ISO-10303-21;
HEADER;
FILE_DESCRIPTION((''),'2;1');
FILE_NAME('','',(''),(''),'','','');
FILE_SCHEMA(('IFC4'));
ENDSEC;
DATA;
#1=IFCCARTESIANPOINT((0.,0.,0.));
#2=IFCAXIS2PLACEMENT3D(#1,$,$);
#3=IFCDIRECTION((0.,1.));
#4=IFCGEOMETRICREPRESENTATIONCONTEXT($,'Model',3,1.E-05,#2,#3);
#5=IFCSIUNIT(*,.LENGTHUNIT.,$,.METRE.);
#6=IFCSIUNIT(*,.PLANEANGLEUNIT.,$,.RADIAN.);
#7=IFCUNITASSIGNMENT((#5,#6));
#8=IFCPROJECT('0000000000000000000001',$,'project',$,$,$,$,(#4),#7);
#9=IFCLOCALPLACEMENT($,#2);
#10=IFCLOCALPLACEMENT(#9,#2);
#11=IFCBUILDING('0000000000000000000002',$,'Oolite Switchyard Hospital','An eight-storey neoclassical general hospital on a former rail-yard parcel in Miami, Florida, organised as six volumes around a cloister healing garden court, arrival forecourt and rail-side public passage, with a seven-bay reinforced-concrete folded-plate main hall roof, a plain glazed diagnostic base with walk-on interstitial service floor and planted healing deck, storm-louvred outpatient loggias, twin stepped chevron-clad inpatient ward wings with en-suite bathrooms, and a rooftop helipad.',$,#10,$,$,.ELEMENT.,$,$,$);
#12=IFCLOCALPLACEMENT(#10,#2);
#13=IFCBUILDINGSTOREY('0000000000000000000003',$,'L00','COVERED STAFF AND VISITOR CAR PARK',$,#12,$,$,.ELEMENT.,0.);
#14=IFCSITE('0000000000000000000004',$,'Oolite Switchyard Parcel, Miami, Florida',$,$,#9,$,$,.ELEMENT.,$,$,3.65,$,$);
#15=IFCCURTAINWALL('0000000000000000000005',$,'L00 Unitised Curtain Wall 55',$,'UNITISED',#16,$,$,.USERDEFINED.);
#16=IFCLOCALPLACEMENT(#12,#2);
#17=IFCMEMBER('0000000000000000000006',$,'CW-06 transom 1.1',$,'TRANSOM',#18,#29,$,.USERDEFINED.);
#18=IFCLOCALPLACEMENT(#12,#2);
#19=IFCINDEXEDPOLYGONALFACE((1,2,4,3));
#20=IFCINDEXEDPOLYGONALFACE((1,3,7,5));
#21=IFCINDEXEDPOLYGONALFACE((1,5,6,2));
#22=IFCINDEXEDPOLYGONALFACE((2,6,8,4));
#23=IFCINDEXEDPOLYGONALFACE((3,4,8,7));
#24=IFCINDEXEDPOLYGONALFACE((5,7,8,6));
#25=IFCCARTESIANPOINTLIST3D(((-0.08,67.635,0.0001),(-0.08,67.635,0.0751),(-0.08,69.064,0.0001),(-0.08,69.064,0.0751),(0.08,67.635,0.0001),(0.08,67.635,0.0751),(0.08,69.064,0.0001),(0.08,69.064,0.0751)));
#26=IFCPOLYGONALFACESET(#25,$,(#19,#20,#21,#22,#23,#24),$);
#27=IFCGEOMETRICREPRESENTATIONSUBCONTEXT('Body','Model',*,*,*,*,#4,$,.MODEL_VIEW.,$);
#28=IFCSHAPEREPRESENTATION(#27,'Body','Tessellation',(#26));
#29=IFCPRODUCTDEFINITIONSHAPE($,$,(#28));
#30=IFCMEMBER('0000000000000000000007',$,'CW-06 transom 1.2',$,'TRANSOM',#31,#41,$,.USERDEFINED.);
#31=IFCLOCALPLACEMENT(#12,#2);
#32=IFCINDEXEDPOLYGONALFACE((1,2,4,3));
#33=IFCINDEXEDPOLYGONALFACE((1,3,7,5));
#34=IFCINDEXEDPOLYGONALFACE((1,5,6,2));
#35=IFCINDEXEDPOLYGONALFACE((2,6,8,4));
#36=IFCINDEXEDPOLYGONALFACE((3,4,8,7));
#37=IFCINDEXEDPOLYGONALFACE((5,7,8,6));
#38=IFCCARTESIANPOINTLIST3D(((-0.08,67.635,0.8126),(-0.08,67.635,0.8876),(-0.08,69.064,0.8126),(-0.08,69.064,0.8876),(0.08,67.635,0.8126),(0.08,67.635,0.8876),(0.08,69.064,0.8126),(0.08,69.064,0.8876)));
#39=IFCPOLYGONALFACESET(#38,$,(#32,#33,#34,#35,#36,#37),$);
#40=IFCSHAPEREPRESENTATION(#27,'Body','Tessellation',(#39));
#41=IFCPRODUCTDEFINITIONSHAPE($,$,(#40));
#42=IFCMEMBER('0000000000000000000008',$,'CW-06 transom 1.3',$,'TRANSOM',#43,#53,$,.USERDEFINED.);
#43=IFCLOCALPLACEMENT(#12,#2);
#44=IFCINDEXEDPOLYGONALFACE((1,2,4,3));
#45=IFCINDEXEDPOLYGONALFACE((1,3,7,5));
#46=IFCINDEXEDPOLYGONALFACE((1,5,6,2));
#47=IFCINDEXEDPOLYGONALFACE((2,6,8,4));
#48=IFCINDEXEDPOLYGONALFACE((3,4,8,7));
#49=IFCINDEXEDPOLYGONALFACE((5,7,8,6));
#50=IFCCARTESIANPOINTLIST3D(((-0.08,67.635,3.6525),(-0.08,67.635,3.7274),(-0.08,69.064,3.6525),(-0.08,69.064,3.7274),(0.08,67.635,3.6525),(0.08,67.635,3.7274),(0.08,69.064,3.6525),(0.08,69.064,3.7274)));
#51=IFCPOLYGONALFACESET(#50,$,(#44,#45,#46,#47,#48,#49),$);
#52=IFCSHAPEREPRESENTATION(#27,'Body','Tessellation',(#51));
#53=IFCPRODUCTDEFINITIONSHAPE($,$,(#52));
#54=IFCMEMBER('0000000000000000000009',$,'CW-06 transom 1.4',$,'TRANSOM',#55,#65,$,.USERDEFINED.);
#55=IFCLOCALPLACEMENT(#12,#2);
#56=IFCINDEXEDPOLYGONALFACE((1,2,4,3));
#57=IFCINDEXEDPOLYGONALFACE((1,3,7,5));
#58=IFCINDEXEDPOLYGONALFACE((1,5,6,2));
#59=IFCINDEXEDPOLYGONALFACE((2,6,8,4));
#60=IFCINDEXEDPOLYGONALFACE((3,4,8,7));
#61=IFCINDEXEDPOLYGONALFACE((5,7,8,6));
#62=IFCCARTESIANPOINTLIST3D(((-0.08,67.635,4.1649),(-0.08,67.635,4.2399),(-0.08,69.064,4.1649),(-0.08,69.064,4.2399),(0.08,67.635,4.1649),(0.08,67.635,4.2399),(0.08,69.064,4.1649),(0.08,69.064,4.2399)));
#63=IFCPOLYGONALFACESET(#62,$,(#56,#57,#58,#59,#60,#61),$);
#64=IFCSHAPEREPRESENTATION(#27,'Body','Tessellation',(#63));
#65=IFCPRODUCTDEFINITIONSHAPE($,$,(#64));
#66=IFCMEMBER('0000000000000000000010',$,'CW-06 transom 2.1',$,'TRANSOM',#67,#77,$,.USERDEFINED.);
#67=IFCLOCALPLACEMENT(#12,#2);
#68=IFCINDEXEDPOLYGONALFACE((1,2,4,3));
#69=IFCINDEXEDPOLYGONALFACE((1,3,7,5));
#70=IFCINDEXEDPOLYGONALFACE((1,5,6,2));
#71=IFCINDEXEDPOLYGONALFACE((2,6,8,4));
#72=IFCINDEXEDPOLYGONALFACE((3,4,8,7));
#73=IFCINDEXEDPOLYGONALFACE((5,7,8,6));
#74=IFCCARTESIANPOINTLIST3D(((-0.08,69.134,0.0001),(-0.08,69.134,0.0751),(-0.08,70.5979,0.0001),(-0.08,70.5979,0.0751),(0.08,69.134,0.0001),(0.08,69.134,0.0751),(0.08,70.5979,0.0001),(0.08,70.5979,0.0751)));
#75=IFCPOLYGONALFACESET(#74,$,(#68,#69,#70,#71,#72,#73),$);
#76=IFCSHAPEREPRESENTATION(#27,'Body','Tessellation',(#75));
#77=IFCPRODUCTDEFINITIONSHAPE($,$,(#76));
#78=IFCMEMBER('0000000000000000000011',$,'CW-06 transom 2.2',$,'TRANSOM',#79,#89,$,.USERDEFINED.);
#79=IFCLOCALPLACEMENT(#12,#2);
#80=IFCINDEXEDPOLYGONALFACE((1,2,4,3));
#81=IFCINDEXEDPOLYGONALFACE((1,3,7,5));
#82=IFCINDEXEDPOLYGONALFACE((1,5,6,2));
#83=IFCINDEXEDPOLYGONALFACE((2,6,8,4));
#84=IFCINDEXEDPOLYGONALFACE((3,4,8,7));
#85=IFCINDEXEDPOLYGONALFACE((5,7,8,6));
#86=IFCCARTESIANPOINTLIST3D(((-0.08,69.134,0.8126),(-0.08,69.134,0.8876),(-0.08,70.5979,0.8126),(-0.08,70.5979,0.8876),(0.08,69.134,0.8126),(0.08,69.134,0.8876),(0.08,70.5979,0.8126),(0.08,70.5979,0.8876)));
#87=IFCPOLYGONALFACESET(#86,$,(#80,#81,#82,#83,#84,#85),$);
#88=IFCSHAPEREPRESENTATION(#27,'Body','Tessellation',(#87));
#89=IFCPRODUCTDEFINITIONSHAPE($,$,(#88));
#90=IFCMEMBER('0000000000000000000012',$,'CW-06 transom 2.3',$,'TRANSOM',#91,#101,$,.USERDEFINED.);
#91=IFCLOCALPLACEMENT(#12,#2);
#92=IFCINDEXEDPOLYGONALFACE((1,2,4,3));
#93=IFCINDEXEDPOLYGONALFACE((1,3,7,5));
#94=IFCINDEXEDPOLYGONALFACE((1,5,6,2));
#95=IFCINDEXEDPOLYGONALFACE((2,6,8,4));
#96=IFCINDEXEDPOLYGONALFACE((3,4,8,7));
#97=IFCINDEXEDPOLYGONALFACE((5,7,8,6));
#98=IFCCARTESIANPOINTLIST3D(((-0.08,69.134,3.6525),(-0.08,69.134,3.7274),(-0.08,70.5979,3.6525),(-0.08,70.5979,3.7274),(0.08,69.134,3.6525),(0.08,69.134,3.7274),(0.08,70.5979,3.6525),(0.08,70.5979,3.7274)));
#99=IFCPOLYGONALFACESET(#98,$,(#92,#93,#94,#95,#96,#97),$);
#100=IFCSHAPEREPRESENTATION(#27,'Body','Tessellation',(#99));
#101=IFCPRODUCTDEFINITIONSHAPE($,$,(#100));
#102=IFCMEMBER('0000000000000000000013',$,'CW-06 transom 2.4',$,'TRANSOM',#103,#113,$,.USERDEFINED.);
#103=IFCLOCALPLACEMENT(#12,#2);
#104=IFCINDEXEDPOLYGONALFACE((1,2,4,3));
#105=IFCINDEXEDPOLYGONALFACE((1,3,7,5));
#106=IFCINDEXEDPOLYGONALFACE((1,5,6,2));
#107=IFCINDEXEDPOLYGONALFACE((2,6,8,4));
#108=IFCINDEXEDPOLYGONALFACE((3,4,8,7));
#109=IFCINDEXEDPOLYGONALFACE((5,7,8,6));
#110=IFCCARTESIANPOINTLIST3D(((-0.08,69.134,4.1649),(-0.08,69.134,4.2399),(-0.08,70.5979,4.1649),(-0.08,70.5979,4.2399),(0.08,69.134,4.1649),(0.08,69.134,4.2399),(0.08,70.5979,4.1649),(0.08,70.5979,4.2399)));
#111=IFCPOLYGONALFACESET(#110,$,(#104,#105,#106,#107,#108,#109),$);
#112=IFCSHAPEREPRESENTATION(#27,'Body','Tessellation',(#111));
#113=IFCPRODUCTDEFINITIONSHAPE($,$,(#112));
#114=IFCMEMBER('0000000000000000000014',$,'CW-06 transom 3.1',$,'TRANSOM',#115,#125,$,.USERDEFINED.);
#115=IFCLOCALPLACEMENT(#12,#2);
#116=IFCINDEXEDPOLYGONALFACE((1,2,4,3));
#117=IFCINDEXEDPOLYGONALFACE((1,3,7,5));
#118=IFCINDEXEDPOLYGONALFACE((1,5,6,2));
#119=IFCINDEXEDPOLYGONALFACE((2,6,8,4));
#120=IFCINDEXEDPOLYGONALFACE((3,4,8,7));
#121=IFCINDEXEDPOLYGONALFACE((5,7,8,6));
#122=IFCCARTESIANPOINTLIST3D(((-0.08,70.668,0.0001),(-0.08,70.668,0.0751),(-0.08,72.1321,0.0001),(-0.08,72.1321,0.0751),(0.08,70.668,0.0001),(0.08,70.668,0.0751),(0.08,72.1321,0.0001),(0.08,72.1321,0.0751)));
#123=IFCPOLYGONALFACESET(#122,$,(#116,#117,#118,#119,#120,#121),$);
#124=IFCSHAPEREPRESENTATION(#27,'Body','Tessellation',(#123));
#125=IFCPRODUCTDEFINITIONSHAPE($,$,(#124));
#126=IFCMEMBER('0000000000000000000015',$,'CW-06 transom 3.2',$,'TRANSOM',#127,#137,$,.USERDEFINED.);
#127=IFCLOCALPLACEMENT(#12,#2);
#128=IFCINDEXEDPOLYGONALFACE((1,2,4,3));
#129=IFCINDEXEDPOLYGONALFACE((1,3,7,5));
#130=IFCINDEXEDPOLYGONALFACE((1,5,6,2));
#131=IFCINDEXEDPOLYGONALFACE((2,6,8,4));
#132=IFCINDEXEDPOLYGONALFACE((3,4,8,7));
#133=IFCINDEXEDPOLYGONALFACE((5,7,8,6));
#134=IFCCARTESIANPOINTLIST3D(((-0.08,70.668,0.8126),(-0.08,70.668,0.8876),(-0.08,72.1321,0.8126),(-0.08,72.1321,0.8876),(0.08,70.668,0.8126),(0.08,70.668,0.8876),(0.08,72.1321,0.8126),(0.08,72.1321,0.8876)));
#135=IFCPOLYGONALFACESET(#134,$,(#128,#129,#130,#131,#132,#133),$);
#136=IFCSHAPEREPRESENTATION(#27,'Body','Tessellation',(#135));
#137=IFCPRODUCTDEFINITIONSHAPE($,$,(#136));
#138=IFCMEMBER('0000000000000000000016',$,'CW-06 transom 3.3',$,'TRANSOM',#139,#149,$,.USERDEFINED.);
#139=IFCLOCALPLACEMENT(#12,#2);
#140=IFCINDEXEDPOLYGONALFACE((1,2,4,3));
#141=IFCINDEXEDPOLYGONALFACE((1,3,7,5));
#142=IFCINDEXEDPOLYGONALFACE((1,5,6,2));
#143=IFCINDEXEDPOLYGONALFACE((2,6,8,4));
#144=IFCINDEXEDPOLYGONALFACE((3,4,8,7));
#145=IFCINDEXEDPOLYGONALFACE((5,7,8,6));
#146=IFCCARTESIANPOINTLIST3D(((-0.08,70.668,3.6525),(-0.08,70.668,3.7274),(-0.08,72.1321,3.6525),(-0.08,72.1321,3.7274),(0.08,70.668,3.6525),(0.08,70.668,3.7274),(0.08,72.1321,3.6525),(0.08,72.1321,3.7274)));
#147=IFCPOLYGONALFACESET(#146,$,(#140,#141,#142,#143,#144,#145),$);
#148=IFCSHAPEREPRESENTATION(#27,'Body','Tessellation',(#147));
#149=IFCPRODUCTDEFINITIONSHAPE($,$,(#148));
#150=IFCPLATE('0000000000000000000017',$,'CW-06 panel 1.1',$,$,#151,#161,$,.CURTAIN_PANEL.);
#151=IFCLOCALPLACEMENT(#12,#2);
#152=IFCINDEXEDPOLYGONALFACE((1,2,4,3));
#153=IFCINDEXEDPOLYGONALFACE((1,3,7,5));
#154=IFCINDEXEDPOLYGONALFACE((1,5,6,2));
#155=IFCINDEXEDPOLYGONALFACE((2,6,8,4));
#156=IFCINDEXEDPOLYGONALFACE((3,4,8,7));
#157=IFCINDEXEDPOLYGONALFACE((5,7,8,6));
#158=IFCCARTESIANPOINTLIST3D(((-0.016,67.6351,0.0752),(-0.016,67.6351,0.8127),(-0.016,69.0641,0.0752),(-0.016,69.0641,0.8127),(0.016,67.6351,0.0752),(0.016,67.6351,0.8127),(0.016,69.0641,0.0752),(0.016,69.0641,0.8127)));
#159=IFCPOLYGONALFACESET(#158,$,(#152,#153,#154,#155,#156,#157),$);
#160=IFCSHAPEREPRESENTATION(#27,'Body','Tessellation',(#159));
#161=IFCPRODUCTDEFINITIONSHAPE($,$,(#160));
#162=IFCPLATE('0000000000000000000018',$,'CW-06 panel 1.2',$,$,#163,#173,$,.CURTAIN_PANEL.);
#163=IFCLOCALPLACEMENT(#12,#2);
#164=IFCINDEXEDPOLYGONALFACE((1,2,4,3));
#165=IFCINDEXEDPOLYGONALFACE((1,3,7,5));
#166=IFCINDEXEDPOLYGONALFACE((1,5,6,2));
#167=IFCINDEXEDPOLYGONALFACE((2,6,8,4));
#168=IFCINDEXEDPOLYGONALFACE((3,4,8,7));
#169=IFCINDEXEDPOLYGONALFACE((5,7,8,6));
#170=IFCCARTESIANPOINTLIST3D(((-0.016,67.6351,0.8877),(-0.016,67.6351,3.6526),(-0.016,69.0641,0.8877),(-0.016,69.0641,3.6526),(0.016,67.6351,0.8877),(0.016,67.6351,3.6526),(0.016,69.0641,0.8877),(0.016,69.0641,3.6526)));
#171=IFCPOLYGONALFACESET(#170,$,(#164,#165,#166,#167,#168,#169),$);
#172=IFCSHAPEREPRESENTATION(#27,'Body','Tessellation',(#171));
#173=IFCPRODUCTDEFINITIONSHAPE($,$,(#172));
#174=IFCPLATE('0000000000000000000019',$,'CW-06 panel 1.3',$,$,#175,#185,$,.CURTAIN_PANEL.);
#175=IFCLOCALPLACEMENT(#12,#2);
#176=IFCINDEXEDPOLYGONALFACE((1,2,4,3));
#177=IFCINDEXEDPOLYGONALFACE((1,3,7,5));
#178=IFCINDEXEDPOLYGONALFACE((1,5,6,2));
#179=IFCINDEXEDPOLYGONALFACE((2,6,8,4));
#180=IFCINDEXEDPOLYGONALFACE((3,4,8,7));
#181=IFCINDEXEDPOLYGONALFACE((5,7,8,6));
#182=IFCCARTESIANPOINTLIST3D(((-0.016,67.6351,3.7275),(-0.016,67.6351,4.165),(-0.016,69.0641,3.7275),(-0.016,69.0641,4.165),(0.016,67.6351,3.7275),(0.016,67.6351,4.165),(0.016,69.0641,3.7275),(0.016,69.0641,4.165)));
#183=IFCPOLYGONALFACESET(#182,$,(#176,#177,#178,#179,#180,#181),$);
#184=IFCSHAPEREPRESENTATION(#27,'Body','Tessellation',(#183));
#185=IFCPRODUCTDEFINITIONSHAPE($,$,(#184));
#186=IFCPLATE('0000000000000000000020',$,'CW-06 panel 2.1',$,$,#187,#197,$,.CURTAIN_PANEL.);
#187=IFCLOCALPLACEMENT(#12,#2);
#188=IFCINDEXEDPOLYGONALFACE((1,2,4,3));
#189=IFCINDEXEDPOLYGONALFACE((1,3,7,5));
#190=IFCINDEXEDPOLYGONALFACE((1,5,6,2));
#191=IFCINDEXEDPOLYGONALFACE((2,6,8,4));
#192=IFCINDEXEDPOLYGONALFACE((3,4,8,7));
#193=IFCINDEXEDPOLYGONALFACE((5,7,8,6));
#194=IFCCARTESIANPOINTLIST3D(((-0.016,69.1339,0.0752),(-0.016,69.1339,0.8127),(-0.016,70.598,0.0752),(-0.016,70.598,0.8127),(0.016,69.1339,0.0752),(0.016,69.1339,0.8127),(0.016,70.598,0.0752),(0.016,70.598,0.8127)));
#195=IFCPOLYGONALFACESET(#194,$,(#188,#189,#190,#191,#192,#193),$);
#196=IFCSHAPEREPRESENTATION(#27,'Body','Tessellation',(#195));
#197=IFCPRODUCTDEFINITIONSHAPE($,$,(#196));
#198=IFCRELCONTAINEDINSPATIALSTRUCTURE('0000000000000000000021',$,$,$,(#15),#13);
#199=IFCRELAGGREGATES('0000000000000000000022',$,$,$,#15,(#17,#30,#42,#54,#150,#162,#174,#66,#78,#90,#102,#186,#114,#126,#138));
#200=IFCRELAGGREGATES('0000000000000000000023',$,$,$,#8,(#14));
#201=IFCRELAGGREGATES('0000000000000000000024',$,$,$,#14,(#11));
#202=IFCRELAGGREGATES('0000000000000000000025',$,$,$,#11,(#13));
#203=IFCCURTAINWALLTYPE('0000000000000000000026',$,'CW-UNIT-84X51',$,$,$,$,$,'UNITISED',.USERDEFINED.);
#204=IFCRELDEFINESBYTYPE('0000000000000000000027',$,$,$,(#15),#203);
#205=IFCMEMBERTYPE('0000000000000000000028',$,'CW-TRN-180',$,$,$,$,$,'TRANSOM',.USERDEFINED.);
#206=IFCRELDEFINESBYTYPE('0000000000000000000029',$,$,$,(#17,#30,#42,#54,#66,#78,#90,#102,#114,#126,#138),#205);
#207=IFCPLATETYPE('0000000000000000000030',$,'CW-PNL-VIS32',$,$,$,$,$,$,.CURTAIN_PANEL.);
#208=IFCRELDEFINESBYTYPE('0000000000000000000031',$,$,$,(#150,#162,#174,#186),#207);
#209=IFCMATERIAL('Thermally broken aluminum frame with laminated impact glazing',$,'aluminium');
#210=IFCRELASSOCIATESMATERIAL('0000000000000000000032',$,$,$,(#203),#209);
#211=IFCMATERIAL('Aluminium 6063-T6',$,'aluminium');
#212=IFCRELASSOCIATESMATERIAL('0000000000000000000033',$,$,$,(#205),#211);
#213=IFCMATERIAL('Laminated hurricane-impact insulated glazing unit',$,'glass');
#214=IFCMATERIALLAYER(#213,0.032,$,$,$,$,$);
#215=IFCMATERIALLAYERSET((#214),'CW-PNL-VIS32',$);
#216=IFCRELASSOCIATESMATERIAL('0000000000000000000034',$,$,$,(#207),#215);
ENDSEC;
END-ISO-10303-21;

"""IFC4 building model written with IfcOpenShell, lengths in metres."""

from ifc_helpers import new_model, si_unit, direction, frame, origin, origin_2d, place, context, subcontext, project, spatial, rectangle, extrude, material, layer, layer_set, material_profile, profile_set, type_object, element, aggregate, save


model = new_model("IFC4")

# Units and contexts
model_context = context("Model", 3, precision=1e-05, world=origin(), true_north=direction((0.0, 1.0)))
body_context = subcontext(model_context, "Body", "Model", "MODEL_VIEW")
ifc_project = project(units=[si_unit("LENGTHUNIT", "METRE"), si_unit("PLANEANGLEUNIT", "RADIAN")], contexts=[model_context])

# Site, building, storey
site_placement = place(None, origin())
site = spatial("IfcSite", under=ifc_project, at=site_placement, Name="Oolite Switchyard Parcel, Miami, Florida", CompositionType="ELEMENT", RefElevation=3.65)
building_placement = place(site_placement, origin())
building = spatial("IfcBuilding", under=site, at=building_placement, Name="Oolite Switchyard Hospital", Description="An eight-storey neoclassical general hospital on a former rail-yard parcel in Miami, Florida, organised as six volumes around a cloister healing garden court, arrival forecourt and rail-side public passage, with a seven-bay reinforced-concrete folded-plate main hall roof, a plain glazed diagnostic base with walk-on interstitial service floor and planted healing deck, storm-louvred outpatient loggias, twin stepped chevron-clad inpatient ward wings with en-suite bathrooms, and a rooftop helipad.", CompositionType="ELEMENT")
storey_placement = place(building_placement, origin())
storey = spatial("IfcBuildingStorey", under=building, at=storey_placement, Name="L00", Description="COVERED STAFF AND VISITOR CAR PARK", CompositionType="ELEMENT", Elevation=0.0)

# Curtain wall, members, plates
ifc_material_1 = material(Name="Thermally broken aluminum frame with laminated impact glazing", Category="aluminium")
curtain_wall_type = type_object("IfcCurtainWallType", Name="CW-UNIT-84X51", ElementType="UNITISED", PredefinedType="USERDEFINED", material=ifc_material_1)
curtain_wall_placement = place(storey_placement, origin())
curtain_wall = element("IfcCurtainWall", 1, at=curtain_wall_placement, inside=storey, type_object=curtain_wall_type, Name="L00 Unitised Curtain Wall 55", ObjectType="UNITISED", PredefinedType="USERDEFINED")
ifc_material_2 = material(Name="Aluminium 6063-T6", Category="aluminium")
ifc_material_profile_1 = material_profile(ifc_material_2, rectangle(XDim=0.1599, YDim=0.075, at=origin_2d()), Name="CWT75X160")
ifc_profile_set_1 = profile_set([ifc_material_profile_1], Name="Aluminium 6063-T6")
member_type_1 = type_object("IfcMemberType", Name="CW-TRN-180", ElementType="TRANSOM", PredefinedType="USERDEFINED", material=ifc_profile_set_1)
member_1_placement = place(storey_placement, frame((0.0, 67.635, 0.0376), z_axis=(0.0, 1.0, 0.0), x_axis=(-1.0, 0.0, 0.0)))
member_1 = element("IfcMember", 2, at=member_1_placement, type_object=member_type_1, Name="CW-06 transom 1.1", ObjectType="TRANSOM", PredefinedType="USERDEFINED", context=body_context, shape_type="SweptSolid", body=[
    extrude(rectangle(XDim=0.1599, YDim=0.075, at=origin_2d()), origin(), (0.0, 0.0, 1.0), 1.429),
])
member_2_placement = place(storey_placement, frame((0.0, 67.635, 0.8501), z_axis=(0.0, 1.0, 0.0), x_axis=(-1.0, 0.0, 0.0)))
member_2 = element("IfcMember", 3, at=member_2_placement, type_object=member_type_1, Name="CW-06 transom 1.2", ObjectType="TRANSOM", PredefinedType="USERDEFINED", context=body_context, shape_type="SweptSolid", body=[
    extrude(rectangle(XDim=0.1599, YDim=0.075, at=origin_2d()), origin(), (0.0, 0.0, 1.0), 1.429),
])
member_3_placement = place(storey_placement, frame((0.0, 67.635, 3.6899), z_axis=(0.0, 1.0, 0.0), x_axis=(-1.0, 0.0, 0.0)))
member_3 = element("IfcMember", 4, at=member_3_placement, type_object=member_type_1, Name="CW-06 transom 1.3", ObjectType="TRANSOM", PredefinedType="USERDEFINED", context=body_context, shape_type="SweptSolid", body=[
    extrude(rectangle(XDim=0.1599, YDim=0.075, at=origin_2d()), origin(), (0.0, 0.0, 1.0), 1.429),
])
member_4_placement = place(storey_placement, frame((0.0, 67.635, 4.2024), z_axis=(0.0, 1.0, 0.0), x_axis=(-1.0, 0.0, 0.0)))
member_4 = element("IfcMember", 5, at=member_4_placement, type_object=member_type_1, Name="CW-06 transom 1.4", ObjectType="TRANSOM", PredefinedType="USERDEFINED", context=body_context, shape_type="SweptSolid", body=[
    extrude(rectangle(XDim=0.1599, YDim=0.075, at=origin_2d()), origin(), (0.0, 0.0, 1.0), 1.429),
])
member_5_placement = place(storey_placement, frame((0.0, 69.134, 0.0376), z_axis=(0.0, 1.0, 0.0), x_axis=(-1.0, 0.0, 0.0)))
member_5 = element("IfcMember", 6, at=member_5_placement, type_object=member_type_1, Name="CW-06 transom 2.1", ObjectType="TRANSOM", PredefinedType="USERDEFINED", context=body_context, shape_type="SweptSolid", body=[
    extrude(rectangle(XDim=0.1599, YDim=0.075, at=origin_2d()), origin(), (0.0, 0.0, 1.0), 1.4639),
])
member_6_placement = place(storey_placement, frame((0.0, 69.134, 0.8501), z_axis=(0.0, 1.0, 0.0), x_axis=(-1.0, 0.0, 0.0)))
member_6 = element("IfcMember", 7, at=member_6_placement, type_object=member_type_1, Name="CW-06 transom 2.2", ObjectType="TRANSOM", PredefinedType="USERDEFINED", context=body_context, shape_type="SweptSolid", body=[
    extrude(rectangle(XDim=0.1599, YDim=0.075, at=origin_2d()), origin(), (0.0, 0.0, 1.0), 1.4639),
])
member_7_placement = place(storey_placement, frame((0.0, 69.134, 3.6899), z_axis=(0.0, 1.0, 0.0), x_axis=(-1.0, 0.0, 0.0)))
member_7 = element("IfcMember", 8, at=member_7_placement, type_object=member_type_1, Name="CW-06 transom 2.3", ObjectType="TRANSOM", PredefinedType="USERDEFINED", context=body_context, shape_type="SweptSolid", body=[
    extrude(rectangle(XDim=0.1599, YDim=0.075, at=origin_2d()), origin(), (0.0, 0.0, 1.0), 1.4639),
])
member_8_placement = place(storey_placement, frame((0.0, 69.134, 4.2024), z_axis=(0.0, 1.0, 0.0), x_axis=(-1.0, 0.0, 0.0)))
member_8 = element("IfcMember", 9, at=member_8_placement, type_object=member_type_1, Name="CW-06 transom 2.4", ObjectType="TRANSOM", PredefinedType="USERDEFINED", context=body_context, shape_type="SweptSolid", body=[
    extrude(rectangle(XDim=0.1599, YDim=0.075, at=origin_2d()), origin(), (0.0, 0.0, 1.0), 1.4639),
])
member_9_placement = place(storey_placement, frame((0.0, 70.668, 0.0376), z_axis=(0.0, 1.0, 0.0), x_axis=(-1.0, 0.0, 0.0)))
member_9 = element("IfcMember", 10, at=member_9_placement, type_object=member_type_1, Name="CW-06 transom 3.1", ObjectType="TRANSOM", PredefinedType="USERDEFINED", context=body_context, shape_type="SweptSolid", body=[
    extrude(rectangle(XDim=0.1599, YDim=0.075, at=origin_2d()), origin(), (0.0, 0.0, 1.0), 1.4641),
])
member_10_placement = place(storey_placement, frame((0.0, 70.668, 0.8501), z_axis=(0.0, 1.0, 0.0), x_axis=(-1.0, 0.0, 0.0)))
member_10 = element("IfcMember", 11, at=member_10_placement, type_object=member_type_1, Name="CW-06 transom 3.2", ObjectType="TRANSOM", PredefinedType="USERDEFINED", context=body_context, shape_type="SweptSolid", body=[
    extrude(rectangle(XDim=0.1599, YDim=0.075, at=origin_2d()), origin(), (0.0, 0.0, 1.0), 1.4641),
])
member_11_placement = place(storey_placement, frame((0.0, 70.668, 3.6899), z_axis=(0.0, 1.0, 0.0), x_axis=(-1.0, 0.0, 0.0)))
member_11 = element("IfcMember", 12, at=member_11_placement, type_object=member_type_1, Name="CW-06 transom 3.3", ObjectType="TRANSOM", PredefinedType="USERDEFINED", context=body_context, shape_type="SweptSolid", body=[
    extrude(rectangle(XDim=0.1599, YDim=0.075, at=origin_2d()), origin(), (0.0, 0.0, 1.0), 1.4641),
])
ifc_material_3 = material(Name="Laminated hurricane-impact insulated glazing unit", Category="glass")
ifc_layer = layer(ifc_material_3, 0.032)
ifc_layer_set = layer_set([ifc_layer], Name="CW-PNL-VIS32")
plate_type = type_object("IfcPlateType", Name="CW-PNL-VIS32", PredefinedType="CURTAIN_PANEL", material=ifc_layer_set)
plate_1_placement = place(storey_placement, frame((0.0, 68.3496, 0.0752), z_axis=(0.0, 0.0, 1.0), x_axis=(0.0, 1.0, 0.0)))
plate_1 = element("IfcPlate", 13, at=plate_1_placement, type_object=plate_type, Name="CW-06 panel 1.1", PredefinedType="CURTAIN_PANEL", context=body_context, shape_type="SweptSolid", body=[
    extrude(rectangle(XDim=1.429, YDim=0.032, at=origin_2d()), origin(), (0.0, 0.0, 1.0), 0.7375),
])
plate_2_placement = place(storey_placement, frame((0.0, 68.3496, 0.8877), z_axis=(0.0, 0.0, 1.0), x_axis=(0.0, 1.0, 0.0)))
plate_2 = element("IfcPlate", 14, at=plate_2_placement, type_object=plate_type, Name="CW-06 panel 1.2", PredefinedType="CURTAIN_PANEL", context=body_context, shape_type="SweptSolid", body=[
    extrude(rectangle(XDim=1.429, YDim=0.032, at=origin_2d()), origin(), (0.0, 0.0, 1.0), 2.7649),
])
plate_3_placement = place(storey_placement, frame((0.0, 68.3496, 3.7275), z_axis=(0.0, 0.0, 1.0), x_axis=(0.0, 1.0, 0.0)))
plate_3 = element("IfcPlate", 15, at=plate_3_placement, type_object=plate_type, Name="CW-06 panel 1.3", PredefinedType="CURTAIN_PANEL", context=body_context, shape_type="SweptSolid", body=[
    extrude(rectangle(XDim=1.429, YDim=0.032, at=origin_2d()), origin(), (0.0, 0.0, 1.0), 0.4375),
])
plate_4_placement = place(storey_placement, frame((0.0, 69.866, 0.0752), z_axis=(0.0, 0.0, 1.0), x_axis=(0.0, 1.0, 0.0)))
plate_4 = element("IfcPlate", 16, at=plate_4_placement, type_object=plate_type, Name="CW-06 panel 2.1", PredefinedType="CURTAIN_PANEL", context=body_context, shape_type="SweptSolid", body=[
    extrude(rectangle(XDim=1.4641, YDim=0.032, at=origin_2d()), origin(), (0.0, 0.0, 1.0), 0.7375),
])
aggregate(curtain_wall, [member_1, member_2, member_3, member_4, plate_1, plate_2, plate_3, member_5, member_6, member_7, member_8, plate_4, member_9, member_10, member_11])

save(model, "model.ifc")
